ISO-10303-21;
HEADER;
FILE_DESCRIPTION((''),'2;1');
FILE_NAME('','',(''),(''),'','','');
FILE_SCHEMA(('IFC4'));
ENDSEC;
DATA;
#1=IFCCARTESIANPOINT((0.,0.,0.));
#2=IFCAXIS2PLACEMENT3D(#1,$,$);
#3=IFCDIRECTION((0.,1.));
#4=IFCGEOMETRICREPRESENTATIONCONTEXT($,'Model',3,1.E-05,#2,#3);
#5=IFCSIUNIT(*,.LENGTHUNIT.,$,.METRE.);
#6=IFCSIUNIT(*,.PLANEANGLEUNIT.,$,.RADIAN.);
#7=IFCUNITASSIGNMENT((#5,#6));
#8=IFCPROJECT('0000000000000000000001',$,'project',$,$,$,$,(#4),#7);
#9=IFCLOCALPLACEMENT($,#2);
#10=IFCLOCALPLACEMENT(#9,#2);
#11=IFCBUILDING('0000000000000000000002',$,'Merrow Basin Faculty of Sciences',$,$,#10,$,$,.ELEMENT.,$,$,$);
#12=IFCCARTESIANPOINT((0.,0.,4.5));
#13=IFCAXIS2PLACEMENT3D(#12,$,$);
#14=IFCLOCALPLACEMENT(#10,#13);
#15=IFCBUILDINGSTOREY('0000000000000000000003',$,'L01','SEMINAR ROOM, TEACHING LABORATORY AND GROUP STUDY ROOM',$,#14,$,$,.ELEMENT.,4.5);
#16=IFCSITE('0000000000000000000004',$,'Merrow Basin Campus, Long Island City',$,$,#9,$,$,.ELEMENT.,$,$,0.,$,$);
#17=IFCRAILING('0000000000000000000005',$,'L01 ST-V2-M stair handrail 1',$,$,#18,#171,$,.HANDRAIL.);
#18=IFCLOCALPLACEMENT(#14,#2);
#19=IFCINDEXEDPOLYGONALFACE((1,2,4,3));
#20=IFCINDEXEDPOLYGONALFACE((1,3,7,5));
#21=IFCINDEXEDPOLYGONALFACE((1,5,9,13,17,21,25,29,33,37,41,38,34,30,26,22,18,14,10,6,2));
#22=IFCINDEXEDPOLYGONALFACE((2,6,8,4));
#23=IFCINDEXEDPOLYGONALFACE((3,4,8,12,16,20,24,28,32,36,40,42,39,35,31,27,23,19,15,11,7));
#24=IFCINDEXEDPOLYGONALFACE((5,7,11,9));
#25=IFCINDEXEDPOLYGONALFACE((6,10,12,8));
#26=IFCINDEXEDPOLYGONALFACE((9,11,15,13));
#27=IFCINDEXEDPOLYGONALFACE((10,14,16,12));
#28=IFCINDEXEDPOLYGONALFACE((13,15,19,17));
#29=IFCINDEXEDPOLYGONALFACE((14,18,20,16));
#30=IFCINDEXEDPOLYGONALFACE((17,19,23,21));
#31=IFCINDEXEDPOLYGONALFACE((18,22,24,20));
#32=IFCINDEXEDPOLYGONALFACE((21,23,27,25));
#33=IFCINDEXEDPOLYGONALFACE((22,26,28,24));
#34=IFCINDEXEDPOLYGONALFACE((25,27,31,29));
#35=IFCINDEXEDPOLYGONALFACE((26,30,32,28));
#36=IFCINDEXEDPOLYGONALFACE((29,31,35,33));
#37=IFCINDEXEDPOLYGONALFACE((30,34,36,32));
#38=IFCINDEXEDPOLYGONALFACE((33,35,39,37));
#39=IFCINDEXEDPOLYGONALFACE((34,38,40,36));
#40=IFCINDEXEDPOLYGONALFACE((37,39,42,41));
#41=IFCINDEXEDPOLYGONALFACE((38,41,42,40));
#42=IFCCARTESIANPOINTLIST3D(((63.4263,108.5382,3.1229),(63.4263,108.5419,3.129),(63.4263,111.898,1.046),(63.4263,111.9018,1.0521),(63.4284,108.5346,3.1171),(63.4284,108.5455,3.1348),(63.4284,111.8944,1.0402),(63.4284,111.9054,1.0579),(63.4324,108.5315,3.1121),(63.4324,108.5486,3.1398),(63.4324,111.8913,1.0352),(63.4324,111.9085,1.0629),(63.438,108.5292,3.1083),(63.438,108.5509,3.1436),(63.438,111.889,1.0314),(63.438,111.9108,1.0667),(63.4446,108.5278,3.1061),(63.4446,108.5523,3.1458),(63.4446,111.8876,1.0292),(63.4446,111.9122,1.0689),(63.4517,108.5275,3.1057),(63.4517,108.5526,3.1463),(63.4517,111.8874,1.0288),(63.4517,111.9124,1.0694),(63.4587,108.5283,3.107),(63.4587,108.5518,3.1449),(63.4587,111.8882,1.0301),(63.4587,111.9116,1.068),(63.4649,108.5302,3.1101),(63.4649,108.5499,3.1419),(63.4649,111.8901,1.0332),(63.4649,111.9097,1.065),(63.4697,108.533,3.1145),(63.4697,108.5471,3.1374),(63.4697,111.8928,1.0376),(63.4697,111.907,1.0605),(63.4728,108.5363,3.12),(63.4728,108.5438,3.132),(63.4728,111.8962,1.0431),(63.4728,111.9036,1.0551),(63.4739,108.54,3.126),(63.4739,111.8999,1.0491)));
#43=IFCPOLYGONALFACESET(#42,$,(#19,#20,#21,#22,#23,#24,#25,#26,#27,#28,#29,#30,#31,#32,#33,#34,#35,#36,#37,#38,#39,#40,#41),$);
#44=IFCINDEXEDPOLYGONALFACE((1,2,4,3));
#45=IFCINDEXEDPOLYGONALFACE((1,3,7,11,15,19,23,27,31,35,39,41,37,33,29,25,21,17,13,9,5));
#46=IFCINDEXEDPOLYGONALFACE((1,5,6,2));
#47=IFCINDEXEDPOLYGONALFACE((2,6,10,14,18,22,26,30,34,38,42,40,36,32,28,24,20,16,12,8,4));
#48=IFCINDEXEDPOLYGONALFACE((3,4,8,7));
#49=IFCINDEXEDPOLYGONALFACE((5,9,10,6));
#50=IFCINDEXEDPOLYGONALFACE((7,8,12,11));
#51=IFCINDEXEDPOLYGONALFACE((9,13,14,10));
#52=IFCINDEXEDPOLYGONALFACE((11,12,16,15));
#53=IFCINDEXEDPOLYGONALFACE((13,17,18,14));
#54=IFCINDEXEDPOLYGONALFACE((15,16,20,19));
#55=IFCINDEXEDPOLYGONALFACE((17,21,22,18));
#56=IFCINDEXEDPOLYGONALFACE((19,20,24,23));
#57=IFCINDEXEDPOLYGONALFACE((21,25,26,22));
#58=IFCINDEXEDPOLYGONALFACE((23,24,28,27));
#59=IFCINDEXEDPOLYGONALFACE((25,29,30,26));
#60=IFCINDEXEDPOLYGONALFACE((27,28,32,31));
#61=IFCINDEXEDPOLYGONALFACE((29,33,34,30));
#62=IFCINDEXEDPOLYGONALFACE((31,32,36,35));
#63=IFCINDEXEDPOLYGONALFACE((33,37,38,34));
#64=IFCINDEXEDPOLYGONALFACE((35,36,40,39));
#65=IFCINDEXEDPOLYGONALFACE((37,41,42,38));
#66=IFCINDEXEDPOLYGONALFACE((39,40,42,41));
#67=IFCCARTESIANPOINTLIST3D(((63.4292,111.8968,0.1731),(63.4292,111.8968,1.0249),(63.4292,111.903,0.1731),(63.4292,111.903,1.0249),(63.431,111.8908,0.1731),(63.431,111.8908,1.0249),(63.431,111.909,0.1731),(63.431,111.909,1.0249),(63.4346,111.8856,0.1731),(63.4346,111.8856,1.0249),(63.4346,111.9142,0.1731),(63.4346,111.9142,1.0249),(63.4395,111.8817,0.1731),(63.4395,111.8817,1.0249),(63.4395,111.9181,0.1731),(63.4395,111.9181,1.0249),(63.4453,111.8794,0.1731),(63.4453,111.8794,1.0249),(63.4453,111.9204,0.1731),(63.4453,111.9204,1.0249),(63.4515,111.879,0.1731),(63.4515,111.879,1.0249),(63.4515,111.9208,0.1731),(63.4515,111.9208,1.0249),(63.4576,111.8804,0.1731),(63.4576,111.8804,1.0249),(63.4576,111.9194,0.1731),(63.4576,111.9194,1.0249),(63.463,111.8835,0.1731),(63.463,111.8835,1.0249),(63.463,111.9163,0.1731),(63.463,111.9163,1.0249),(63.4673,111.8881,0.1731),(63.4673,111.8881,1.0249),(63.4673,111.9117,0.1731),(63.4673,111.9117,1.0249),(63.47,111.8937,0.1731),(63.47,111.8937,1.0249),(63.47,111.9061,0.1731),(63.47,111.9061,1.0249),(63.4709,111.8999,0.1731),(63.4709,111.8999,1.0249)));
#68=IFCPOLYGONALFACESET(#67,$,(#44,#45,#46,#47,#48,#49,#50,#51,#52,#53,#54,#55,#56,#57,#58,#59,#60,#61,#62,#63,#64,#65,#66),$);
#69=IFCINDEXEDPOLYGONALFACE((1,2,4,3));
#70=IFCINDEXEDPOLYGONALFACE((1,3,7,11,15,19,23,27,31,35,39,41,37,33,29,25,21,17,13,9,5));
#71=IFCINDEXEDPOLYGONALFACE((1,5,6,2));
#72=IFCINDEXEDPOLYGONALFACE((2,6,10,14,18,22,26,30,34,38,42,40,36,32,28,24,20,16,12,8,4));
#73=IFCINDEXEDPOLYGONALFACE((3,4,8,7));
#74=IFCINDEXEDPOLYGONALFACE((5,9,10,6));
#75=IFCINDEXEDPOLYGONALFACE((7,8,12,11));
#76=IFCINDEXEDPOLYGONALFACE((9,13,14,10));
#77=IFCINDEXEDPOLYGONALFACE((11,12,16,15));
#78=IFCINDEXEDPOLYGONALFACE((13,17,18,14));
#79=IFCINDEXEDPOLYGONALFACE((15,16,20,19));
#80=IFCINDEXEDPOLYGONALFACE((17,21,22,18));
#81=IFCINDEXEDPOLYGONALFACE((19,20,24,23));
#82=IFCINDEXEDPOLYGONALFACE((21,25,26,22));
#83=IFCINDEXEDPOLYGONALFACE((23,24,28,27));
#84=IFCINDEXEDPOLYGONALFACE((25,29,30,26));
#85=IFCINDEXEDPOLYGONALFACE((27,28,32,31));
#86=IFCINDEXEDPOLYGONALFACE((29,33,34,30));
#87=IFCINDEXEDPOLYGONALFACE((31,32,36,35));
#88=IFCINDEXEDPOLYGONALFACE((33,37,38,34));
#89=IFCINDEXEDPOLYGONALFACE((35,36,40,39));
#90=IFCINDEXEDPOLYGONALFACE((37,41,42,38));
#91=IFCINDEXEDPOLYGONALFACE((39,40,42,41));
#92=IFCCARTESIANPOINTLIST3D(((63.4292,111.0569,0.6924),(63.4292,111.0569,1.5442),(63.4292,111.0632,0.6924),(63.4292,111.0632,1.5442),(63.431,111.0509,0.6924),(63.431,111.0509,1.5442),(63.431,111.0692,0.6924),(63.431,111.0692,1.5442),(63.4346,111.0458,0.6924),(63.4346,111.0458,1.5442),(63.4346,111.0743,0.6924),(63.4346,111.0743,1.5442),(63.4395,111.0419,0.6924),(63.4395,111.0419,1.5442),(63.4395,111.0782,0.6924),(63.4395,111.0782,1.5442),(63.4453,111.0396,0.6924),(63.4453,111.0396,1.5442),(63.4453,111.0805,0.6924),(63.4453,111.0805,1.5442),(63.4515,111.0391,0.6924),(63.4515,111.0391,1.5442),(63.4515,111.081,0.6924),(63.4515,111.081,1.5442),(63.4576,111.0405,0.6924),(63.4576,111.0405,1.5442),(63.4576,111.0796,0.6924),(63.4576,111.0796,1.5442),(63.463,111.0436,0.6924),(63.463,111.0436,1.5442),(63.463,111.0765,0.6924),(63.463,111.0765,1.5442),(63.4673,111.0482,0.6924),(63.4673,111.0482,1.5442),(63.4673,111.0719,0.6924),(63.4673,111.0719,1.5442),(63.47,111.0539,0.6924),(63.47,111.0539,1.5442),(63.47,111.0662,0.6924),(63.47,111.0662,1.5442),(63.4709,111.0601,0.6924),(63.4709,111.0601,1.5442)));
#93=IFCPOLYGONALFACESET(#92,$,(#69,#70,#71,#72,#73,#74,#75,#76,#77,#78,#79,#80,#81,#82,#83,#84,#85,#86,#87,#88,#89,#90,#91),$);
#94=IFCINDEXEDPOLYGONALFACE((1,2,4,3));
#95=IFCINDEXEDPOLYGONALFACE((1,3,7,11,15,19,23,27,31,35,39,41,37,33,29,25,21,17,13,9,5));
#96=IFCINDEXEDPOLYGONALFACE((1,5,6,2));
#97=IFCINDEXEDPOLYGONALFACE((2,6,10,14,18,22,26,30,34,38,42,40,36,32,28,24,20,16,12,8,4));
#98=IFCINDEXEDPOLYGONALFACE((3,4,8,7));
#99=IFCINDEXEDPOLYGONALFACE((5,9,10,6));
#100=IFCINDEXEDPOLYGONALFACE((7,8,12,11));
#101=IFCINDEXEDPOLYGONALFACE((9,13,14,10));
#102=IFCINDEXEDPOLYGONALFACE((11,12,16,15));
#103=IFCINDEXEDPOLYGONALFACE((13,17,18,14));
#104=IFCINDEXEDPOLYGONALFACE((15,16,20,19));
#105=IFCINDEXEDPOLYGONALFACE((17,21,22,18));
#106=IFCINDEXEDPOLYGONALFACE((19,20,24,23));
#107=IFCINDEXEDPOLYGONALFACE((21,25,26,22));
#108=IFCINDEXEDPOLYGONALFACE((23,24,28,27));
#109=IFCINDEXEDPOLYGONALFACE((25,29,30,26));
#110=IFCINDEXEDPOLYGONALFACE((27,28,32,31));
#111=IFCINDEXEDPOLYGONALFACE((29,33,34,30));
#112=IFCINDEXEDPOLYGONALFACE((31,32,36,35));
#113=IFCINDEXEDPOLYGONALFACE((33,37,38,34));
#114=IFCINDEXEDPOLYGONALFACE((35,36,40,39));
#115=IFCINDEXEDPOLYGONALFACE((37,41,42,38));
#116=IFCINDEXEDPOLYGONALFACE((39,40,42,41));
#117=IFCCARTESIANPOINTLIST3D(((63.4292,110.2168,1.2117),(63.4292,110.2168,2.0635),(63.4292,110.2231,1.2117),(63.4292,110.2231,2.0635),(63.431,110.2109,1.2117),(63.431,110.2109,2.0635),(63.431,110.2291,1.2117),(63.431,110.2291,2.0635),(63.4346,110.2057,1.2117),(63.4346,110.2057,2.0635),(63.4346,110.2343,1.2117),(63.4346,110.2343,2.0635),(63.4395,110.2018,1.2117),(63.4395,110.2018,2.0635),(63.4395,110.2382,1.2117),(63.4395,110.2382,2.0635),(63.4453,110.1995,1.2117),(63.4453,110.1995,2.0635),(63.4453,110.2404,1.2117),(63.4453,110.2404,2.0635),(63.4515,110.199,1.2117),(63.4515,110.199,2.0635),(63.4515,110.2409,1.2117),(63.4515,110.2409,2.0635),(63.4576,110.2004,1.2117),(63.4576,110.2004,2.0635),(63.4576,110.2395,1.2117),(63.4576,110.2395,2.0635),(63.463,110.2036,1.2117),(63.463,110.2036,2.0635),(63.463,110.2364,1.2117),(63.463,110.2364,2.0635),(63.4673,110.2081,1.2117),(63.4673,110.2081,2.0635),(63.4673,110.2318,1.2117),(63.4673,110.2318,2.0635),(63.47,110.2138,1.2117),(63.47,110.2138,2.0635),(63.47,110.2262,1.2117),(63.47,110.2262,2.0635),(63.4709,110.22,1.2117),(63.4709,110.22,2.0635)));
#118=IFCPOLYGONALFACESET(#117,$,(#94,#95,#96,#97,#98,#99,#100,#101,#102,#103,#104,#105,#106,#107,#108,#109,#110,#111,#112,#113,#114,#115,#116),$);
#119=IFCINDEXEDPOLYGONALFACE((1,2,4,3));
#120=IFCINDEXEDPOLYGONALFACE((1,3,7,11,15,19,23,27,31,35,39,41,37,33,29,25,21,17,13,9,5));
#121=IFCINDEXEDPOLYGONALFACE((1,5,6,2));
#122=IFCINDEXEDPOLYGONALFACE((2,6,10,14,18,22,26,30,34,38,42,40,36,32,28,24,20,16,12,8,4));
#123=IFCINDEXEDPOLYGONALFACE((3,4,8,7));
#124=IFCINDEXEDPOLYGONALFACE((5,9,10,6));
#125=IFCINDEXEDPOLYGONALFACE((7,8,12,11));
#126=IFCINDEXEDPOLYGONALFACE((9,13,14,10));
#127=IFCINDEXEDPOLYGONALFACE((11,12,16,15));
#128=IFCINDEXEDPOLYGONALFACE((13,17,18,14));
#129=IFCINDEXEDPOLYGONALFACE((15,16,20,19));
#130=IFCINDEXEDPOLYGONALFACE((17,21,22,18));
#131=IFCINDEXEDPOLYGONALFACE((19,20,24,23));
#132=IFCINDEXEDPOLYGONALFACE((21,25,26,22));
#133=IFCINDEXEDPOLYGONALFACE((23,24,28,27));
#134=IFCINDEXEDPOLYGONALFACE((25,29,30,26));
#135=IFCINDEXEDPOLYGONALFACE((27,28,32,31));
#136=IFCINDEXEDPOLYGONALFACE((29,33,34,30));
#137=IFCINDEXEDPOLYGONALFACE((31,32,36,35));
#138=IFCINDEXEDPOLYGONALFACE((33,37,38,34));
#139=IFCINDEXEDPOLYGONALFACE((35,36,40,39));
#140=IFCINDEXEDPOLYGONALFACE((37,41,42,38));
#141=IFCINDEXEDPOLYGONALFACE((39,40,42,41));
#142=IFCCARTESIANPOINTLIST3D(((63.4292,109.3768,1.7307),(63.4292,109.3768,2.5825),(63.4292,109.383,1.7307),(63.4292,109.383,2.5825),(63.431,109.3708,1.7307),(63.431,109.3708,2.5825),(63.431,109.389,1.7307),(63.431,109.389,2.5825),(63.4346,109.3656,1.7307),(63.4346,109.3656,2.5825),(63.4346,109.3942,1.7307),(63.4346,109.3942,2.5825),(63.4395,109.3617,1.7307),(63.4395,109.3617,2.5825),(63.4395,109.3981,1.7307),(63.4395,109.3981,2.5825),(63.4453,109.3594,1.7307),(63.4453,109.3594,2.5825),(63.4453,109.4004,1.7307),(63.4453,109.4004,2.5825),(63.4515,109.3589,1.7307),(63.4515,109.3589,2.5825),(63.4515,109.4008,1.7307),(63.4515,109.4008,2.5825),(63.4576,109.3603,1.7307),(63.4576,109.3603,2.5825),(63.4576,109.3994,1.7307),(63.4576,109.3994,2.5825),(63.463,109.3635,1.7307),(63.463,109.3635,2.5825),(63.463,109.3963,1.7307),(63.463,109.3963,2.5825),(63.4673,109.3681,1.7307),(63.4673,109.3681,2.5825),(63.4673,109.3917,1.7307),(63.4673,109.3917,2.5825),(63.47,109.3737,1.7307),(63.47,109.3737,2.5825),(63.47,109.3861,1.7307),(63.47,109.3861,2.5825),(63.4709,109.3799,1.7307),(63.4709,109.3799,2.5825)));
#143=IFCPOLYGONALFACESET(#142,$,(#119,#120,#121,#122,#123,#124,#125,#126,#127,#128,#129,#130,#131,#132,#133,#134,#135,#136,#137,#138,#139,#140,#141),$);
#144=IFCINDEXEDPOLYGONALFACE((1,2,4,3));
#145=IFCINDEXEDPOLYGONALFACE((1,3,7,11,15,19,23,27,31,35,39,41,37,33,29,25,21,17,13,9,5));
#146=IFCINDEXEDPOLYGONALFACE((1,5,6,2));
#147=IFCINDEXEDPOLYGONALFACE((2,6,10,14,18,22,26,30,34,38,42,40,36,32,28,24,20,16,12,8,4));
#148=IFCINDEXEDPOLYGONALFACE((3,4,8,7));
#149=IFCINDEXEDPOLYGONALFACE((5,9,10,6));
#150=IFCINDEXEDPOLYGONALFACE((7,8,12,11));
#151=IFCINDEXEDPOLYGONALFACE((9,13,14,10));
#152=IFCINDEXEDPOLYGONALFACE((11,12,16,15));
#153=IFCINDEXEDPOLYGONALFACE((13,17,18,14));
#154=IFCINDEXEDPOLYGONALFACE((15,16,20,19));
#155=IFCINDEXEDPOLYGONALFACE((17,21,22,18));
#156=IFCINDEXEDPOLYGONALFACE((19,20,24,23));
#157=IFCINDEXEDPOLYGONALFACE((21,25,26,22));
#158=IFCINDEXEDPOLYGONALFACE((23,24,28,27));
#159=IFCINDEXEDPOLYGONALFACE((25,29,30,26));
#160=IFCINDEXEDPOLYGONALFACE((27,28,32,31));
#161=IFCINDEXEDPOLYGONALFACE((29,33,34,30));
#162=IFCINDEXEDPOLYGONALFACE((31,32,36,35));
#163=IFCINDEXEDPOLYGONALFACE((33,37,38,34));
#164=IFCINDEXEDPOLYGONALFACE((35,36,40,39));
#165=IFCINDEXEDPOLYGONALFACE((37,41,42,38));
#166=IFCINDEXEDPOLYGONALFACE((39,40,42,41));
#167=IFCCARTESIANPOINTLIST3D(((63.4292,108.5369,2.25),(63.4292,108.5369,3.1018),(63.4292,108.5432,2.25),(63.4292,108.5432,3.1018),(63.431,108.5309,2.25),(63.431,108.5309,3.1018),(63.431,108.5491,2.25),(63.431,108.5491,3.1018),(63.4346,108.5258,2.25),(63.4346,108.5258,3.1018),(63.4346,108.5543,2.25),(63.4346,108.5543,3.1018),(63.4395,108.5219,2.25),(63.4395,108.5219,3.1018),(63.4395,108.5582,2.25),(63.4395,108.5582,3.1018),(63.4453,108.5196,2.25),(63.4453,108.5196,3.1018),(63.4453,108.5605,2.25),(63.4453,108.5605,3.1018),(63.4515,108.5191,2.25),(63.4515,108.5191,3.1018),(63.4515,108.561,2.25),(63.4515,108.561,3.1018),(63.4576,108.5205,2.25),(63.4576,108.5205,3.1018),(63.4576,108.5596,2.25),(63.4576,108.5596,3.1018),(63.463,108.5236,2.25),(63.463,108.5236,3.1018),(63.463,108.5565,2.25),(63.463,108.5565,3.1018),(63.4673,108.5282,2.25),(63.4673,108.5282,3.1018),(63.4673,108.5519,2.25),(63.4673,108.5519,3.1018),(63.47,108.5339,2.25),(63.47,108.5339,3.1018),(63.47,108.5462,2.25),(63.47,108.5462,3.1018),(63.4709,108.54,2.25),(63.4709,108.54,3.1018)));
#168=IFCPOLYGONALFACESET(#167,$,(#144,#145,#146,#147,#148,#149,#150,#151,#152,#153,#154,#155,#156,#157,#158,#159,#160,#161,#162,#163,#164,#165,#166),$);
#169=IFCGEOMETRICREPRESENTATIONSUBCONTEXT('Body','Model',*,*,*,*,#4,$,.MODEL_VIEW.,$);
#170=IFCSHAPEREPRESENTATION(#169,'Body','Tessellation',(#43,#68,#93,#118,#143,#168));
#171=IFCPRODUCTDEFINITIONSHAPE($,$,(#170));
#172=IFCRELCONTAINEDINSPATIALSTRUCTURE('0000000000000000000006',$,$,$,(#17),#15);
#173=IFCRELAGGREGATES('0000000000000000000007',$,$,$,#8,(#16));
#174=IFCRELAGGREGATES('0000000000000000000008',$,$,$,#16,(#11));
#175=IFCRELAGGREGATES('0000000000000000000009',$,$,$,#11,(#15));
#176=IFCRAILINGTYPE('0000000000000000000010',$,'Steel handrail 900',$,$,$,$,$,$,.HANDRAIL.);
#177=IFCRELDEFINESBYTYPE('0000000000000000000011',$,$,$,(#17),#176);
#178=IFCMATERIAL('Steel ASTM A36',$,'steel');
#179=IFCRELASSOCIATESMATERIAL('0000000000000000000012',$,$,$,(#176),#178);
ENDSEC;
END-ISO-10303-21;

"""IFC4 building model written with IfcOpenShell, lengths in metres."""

from ifc_helpers import new_model, si_unit, direction, frame, origin, origin_2d, place, context, subcontext, project, spatial, circle, extrude, material, type_object, element, save


model = new_model("IFC4")

# Units and contexts
model_context = context("Model", 3, precision=1e-05, world=origin(), true_north=direction((0.0, 1.0)))
body_context = subcontext(model_context, "Body", "Model", "MODEL_VIEW")
ifc_project = project(units=[si_unit("LENGTHUNIT", "METRE"), si_unit("PLANEANGLEUNIT", "RADIAN")], contexts=[model_context])

# Site, building, storey
site_placement = place(None, origin())
site = spatial("IfcSite", under=ifc_project, at=site_placement, Name="Merrow Basin Campus, Long Island City", CompositionType="ELEMENT", RefElevation=0.0)
building_placement = place(site_placement, origin())
building = spatial("IfcBuilding", under=site, at=building_placement, Name="Merrow Basin Faculty of Sciences", CompositionType="ELEMENT")
storey_placement = place(building_placement, frame((0.0, 0.0, 4.5)))
storey = spatial("IfcBuildingStorey", under=building, at=storey_placement, Name="L01", Description="SEMINAR ROOM, TEACHING LABORATORY AND GROUP STUDY ROOM", CompositionType="ELEMENT", Elevation=4.5)

# Railing
ifc_material_1 = material(Name="Steel ASTM A36", Category="steel")
railing_type_1 = type_object("IfcRailingType", Name="Steel handrail 900", PredefinedType="HANDRAIL", material=ifc_material_1)
railing_1_placement = place(storey_placement, frame((63.45, 111.8999, 0.1731)))
element("IfcRailing", 1, at=railing_1_placement, inside=storey, type_object=railing_type_1, Name="L01 ST-V2-M stair handrail 1", PredefinedType="HANDRAIL", context=body_context, shape_type="SweptSolid", body=[
    extrude(circle(Radius=0.0239, at=origin_2d()), frame((0.0, 0.0, 0.876), z_axis=(0.0, -0.850606, 0.525803), x_axis=(1.0, 0.0, 0.0)), (0.0, 0.0, 1.0), 3.95),
    extrude(circle(Radius=0.021, at=origin_2d()), origin(), (0.0, 0.0, 1.0), 0.8518),
    extrude(circle(Radius=0.021, at=origin_2d()), frame((0.0, -0.8398, 0.5193)), (0.0, 0.0, 1.0), 0.8518),
    extrude(circle(Radius=0.021, at=origin_2d()), frame((0.0, -1.6799, 1.0386)), (0.0, 0.0, 1.0), 0.8518),
    extrude(circle(Radius=0.021, at=origin_2d()), frame((0.0, -2.52, 1.5576)), (0.0, 0.0, 1.0), 0.8518),
    extrude(circle(Radius=0.021, at=origin_2d()), frame((0.0, -3.3599, 2.0769)), (0.0, 0.0, 1.0), 0.8518),
])

save(model, "model.ifc")
